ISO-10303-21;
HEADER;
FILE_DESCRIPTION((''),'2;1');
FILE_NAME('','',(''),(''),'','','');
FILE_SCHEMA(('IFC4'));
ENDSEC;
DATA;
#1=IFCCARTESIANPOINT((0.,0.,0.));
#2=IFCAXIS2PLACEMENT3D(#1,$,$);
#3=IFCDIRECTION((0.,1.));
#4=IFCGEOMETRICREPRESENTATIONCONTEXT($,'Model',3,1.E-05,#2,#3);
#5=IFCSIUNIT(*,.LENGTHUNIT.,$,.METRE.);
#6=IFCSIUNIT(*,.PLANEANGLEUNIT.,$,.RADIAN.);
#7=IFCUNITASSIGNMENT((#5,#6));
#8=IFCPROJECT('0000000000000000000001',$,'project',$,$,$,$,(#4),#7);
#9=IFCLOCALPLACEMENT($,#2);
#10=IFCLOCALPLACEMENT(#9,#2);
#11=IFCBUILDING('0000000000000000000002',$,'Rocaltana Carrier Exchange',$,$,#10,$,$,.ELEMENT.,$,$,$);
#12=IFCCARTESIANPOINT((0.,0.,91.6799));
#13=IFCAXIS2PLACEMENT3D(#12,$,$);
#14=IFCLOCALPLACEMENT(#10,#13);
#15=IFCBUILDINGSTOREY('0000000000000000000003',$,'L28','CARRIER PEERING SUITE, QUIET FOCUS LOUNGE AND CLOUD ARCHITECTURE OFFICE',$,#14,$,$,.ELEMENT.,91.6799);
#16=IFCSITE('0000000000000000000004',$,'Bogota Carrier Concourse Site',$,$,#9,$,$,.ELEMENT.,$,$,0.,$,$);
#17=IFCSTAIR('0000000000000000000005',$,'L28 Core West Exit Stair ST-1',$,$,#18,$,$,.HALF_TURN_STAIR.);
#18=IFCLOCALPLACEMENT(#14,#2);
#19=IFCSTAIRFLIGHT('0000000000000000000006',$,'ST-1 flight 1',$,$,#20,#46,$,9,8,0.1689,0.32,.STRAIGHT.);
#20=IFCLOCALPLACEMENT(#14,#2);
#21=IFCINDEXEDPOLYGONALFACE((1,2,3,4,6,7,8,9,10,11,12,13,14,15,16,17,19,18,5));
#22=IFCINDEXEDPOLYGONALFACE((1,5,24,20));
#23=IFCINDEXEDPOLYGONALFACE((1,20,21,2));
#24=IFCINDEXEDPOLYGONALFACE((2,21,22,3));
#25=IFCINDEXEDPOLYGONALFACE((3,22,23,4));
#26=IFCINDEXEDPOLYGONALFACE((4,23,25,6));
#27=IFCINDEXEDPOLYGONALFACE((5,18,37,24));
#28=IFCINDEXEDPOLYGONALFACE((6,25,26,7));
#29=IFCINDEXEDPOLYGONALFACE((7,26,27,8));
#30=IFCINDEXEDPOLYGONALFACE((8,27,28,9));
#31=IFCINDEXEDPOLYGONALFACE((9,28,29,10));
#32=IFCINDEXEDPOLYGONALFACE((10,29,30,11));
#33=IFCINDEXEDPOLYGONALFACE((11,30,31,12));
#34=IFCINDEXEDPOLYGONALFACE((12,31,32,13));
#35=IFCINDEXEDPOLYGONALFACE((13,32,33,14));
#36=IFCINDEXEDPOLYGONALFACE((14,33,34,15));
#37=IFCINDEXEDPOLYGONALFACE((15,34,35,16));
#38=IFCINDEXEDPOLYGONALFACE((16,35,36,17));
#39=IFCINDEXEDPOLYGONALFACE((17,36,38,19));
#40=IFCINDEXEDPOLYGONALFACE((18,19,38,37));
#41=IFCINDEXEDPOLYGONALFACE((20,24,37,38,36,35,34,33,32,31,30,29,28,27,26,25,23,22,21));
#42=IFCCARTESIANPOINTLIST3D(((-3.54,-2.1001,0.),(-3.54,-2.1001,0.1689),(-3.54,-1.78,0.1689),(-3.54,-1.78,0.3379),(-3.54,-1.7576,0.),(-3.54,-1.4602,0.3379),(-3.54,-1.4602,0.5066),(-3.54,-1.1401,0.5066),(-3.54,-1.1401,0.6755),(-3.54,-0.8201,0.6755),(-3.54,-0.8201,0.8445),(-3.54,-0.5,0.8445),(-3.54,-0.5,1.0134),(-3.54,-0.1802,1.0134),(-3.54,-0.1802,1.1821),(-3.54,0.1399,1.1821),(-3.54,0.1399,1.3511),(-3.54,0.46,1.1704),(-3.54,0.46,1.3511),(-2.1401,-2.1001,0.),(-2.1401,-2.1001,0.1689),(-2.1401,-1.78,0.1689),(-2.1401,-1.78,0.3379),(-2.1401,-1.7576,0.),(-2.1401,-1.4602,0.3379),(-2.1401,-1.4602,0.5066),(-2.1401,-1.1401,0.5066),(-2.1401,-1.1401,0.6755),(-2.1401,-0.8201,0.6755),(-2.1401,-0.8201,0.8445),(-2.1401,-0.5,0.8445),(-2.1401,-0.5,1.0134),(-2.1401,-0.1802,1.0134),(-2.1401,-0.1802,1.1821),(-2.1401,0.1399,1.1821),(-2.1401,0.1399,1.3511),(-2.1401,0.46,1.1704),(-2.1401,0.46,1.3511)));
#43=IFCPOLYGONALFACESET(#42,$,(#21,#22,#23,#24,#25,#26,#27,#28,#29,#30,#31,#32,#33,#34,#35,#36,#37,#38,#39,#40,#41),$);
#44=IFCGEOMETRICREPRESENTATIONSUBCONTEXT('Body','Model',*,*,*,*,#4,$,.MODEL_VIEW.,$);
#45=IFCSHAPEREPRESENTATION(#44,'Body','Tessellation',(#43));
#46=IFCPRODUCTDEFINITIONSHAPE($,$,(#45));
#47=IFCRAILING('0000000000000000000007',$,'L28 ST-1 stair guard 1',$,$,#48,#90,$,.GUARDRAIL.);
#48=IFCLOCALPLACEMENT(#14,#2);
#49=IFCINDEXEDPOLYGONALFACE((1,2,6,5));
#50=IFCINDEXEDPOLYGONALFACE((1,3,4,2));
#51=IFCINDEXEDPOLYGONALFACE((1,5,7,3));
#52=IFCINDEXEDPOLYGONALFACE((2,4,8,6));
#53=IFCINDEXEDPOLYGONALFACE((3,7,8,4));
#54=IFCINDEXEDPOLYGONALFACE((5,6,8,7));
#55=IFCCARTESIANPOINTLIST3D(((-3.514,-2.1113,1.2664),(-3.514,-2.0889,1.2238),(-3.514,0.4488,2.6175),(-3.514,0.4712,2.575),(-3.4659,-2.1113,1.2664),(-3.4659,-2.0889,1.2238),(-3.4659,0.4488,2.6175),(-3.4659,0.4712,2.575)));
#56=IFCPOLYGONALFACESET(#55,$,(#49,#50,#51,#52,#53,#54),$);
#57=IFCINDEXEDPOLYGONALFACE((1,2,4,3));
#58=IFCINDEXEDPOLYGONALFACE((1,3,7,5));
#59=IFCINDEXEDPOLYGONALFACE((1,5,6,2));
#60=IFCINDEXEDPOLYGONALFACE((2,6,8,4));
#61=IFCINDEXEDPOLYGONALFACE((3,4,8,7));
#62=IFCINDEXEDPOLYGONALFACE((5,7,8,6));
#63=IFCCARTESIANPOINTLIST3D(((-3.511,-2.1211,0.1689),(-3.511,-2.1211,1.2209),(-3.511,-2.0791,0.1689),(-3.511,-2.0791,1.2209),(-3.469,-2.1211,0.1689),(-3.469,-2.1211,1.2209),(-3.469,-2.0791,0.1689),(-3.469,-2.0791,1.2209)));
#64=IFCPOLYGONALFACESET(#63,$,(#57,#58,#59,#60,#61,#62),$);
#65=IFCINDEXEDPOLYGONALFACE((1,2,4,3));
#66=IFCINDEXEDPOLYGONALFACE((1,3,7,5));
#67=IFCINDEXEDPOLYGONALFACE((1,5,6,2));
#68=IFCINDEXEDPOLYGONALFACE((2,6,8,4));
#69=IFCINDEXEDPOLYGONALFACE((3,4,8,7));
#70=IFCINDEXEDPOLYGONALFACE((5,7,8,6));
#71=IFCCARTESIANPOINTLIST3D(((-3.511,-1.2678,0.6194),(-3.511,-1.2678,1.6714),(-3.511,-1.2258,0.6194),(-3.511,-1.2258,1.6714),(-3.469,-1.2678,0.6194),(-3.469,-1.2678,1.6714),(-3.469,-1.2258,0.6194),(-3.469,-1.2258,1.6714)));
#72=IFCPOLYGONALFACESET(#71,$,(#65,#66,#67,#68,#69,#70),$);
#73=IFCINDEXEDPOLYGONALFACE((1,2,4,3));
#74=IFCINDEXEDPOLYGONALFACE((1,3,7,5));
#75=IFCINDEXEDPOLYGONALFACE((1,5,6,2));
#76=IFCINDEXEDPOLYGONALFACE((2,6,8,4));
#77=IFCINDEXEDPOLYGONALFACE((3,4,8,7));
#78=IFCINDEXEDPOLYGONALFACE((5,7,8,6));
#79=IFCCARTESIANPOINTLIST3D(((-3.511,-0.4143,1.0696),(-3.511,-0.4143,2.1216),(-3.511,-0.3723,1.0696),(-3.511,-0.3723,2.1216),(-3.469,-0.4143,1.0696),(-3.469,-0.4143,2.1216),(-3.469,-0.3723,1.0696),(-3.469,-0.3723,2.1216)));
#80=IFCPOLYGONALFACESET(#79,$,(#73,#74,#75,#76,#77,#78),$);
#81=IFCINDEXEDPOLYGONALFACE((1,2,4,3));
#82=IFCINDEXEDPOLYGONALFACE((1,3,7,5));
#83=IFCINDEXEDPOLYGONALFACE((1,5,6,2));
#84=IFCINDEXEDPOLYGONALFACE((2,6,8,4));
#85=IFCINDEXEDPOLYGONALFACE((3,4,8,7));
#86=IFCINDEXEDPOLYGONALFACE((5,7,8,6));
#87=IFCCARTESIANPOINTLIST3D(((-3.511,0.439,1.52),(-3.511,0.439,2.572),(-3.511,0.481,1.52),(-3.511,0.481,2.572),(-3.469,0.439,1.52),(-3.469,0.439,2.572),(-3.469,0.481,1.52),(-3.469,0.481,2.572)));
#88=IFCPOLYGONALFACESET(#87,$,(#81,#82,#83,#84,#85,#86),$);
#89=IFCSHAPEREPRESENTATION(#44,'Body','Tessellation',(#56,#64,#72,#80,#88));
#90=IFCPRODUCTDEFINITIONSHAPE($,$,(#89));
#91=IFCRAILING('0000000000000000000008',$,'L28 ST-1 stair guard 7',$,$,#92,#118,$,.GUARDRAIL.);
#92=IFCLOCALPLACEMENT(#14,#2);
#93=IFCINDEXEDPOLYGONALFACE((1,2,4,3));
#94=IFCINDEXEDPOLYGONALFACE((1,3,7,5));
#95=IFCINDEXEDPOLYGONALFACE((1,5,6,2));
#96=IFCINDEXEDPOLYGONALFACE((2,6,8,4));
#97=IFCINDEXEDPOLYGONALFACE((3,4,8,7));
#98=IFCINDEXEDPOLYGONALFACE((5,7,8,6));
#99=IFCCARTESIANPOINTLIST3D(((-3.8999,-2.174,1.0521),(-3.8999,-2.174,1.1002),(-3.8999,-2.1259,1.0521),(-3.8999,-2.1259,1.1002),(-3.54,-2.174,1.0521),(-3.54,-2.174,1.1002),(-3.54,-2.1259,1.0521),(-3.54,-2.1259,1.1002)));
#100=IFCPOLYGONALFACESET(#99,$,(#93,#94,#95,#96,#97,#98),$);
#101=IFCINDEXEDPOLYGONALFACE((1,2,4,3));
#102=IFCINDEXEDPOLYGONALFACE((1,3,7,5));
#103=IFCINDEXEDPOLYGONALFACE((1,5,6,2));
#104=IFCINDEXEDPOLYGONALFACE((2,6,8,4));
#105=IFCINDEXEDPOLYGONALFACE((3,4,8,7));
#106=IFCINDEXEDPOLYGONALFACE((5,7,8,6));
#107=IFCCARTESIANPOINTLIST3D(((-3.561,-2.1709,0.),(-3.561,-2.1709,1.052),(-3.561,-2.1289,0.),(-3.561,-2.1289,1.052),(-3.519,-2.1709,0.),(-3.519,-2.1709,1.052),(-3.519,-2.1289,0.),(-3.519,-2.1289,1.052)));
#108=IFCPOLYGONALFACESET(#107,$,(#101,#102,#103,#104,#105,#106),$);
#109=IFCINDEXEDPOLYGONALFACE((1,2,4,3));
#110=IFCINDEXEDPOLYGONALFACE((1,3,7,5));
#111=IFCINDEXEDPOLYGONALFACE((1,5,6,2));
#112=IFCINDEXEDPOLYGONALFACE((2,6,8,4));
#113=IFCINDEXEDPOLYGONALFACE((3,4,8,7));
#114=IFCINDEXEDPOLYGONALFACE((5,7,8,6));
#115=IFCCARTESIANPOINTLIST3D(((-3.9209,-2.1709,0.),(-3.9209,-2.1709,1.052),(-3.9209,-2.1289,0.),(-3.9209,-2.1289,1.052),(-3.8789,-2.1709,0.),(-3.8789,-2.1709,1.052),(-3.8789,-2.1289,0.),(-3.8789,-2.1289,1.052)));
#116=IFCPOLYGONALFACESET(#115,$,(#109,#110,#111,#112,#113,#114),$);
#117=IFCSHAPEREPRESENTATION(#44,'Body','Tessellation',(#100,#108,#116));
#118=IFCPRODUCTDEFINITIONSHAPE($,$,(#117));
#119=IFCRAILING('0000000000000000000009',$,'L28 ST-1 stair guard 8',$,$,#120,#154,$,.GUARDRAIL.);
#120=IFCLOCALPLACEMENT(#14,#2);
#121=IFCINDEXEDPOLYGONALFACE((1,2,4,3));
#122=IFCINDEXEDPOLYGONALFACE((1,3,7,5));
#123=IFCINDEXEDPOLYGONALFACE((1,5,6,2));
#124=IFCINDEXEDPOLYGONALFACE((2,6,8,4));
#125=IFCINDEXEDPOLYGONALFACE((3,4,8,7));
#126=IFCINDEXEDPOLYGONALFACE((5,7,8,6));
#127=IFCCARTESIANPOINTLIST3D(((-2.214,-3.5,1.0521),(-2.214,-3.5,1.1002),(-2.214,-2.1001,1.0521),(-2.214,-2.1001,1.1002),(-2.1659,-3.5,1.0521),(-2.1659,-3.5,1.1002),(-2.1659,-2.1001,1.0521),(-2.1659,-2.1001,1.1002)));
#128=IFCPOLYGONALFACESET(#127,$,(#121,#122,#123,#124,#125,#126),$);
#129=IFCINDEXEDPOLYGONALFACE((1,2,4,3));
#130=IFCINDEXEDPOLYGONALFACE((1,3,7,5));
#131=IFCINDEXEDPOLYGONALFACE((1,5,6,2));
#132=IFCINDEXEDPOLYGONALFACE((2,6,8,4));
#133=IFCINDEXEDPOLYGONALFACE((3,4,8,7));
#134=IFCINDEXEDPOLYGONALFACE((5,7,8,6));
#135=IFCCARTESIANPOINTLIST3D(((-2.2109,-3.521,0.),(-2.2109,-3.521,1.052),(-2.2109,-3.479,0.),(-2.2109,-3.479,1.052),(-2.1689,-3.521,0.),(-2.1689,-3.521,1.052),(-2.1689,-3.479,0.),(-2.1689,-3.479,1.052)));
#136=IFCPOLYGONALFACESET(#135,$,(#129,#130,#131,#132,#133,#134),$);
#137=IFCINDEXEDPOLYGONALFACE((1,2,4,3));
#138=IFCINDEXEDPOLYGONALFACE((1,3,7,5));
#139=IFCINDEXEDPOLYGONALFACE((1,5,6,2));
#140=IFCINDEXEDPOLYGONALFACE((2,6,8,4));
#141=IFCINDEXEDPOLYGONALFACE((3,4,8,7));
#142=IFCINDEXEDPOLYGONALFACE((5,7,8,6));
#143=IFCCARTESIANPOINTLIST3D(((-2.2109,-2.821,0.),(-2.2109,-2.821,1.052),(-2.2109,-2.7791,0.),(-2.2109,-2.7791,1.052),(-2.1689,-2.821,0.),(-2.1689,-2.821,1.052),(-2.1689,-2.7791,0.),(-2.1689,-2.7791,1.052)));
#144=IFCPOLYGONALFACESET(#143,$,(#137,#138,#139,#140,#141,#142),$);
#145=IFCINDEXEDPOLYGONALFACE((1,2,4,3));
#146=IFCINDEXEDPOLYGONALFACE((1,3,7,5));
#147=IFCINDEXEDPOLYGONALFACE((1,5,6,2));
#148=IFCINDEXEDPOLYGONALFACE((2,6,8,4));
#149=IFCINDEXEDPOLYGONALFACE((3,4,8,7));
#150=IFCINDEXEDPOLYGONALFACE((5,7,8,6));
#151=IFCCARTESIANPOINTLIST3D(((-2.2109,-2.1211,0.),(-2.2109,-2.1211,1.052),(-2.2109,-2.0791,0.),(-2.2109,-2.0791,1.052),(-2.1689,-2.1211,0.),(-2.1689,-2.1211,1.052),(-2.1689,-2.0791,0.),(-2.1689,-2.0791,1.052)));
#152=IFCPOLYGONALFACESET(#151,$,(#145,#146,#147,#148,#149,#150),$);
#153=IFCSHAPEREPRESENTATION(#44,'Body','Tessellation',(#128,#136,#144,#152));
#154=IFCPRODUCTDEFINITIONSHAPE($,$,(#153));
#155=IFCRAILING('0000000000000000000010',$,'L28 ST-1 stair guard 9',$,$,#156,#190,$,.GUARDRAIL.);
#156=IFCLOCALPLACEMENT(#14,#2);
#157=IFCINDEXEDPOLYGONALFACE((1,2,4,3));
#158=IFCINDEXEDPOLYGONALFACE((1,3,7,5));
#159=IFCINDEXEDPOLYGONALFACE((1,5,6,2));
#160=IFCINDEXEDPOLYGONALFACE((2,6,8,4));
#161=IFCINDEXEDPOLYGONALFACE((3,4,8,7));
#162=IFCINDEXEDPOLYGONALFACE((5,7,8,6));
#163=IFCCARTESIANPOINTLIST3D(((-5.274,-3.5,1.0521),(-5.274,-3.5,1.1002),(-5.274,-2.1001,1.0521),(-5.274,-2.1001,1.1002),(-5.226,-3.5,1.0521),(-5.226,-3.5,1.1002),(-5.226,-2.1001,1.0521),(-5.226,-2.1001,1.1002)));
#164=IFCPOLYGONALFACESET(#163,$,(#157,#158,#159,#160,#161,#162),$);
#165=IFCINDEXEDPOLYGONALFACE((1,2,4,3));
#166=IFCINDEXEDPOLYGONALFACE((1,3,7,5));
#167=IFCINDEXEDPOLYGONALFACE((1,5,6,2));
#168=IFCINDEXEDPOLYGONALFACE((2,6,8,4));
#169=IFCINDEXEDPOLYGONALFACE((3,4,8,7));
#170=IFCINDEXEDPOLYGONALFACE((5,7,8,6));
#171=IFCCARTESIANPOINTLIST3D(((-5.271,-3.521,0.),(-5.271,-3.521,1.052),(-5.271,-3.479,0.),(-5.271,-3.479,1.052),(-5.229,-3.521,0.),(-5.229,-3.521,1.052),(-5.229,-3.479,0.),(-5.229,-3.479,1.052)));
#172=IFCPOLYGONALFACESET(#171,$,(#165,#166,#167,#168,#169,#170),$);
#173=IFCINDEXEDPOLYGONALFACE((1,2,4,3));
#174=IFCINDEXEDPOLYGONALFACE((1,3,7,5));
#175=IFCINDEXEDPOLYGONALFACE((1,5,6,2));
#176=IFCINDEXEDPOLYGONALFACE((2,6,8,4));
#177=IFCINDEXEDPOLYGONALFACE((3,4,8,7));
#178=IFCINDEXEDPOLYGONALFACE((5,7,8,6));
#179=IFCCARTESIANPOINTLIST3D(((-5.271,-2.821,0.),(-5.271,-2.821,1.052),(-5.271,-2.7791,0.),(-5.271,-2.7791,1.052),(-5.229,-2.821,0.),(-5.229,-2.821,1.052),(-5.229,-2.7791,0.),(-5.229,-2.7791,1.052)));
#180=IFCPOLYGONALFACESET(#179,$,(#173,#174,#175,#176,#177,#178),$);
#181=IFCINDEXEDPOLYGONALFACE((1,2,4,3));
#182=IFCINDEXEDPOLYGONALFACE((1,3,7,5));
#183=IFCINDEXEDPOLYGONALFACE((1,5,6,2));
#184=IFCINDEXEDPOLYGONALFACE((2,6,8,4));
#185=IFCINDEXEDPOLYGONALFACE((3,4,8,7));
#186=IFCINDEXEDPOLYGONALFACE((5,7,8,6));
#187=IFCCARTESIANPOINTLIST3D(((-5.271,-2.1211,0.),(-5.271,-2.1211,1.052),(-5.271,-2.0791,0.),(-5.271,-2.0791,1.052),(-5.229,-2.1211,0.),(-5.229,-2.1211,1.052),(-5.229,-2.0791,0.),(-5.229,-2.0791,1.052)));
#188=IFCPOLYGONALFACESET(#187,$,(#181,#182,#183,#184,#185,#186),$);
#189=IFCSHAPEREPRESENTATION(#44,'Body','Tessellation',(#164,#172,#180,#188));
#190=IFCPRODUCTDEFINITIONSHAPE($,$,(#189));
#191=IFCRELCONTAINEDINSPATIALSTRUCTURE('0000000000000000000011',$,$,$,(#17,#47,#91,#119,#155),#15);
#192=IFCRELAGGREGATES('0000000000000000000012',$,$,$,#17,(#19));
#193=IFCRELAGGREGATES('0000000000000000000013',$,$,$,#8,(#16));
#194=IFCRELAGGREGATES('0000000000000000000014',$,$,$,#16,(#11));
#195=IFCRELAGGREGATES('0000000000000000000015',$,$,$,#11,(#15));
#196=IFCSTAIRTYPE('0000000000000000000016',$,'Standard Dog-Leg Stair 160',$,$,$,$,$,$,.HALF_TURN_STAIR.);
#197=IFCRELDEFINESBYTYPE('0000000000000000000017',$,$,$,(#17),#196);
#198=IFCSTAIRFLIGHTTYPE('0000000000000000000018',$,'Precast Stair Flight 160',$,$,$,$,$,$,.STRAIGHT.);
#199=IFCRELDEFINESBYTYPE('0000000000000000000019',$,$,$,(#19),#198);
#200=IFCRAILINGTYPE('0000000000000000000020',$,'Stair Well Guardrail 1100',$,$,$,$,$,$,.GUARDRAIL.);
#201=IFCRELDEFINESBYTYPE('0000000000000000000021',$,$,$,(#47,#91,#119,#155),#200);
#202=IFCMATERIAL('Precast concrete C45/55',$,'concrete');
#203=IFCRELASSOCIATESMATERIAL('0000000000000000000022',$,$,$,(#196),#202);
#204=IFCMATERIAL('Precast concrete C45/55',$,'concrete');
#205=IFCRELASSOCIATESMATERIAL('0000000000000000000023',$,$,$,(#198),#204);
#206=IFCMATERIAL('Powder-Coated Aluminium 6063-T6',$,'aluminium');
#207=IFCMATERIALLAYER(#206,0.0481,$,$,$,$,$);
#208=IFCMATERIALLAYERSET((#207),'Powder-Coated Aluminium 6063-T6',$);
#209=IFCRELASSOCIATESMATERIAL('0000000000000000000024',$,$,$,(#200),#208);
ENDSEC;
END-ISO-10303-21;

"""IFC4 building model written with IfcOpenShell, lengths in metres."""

from ifc_helpers import new_model, si_unit, direction, frame, origin, origin_2d, place, context, subcontext, project, spatial, polyline, rectangle, outline, extrude, material, layer, layer_set, type_object, element, aggregate, save


model = new_model("IFC4")

# Units and contexts
model_context = context("Model", 3, precision=1e-05, world=origin(), true_north=direction((0.0, 1.0)))
body_context = subcontext(model_context, "Body", "Model", "MODEL_VIEW")
ifc_project = project(units=[si_unit("LENGTHUNIT", "METRE"), si_unit("PLANEANGLEUNIT", "RADIAN")], contexts=[model_context])

# Site, building, storey
site_placement = place(None, origin())
site = spatial("IfcSite", under=ifc_project, at=site_placement, Name="Bogota Carrier Concourse Site", CompositionType="ELEMENT", RefElevation=0.0)
building_placement = place(site_placement, origin())
building = spatial("IfcBuilding", under=site, at=building_placement, Name="Rocaltana Carrier Exchange", CompositionType="ELEMENT")
storey_placement = place(building_placement, frame((0.0, 0.0, 91.6799)))
storey = spatial("IfcBuildingStorey", under=building, at=storey_placement, Name="L28", Description="CARRIER PEERING SUITE, QUIET FOCUS LOUNGE AND CLOUD ARCHITECTURE OFFICE", CompositionType="ELEMENT", Elevation=91.6799)

# Stair, stair flight
ifc_material_1 = material(Name="Precast concrete C45/55", Category="concrete")
stair_type = type_object("IfcStairType", Name="Standard Dog-Leg Stair 160", PredefinedType="HALF_TURN_STAIR", material=ifc_material_1)
stair_placement = place(storey_placement, origin())
stair = element("IfcStair", 1, at=stair_placement, inside=storey, type_object=stair_type, Name="L28 Core West Exit Stair ST-1", PredefinedType="HALF_TURN_STAIR")
ifc_material_2 = material(Name="Precast concrete C45/55", Category="concrete")
stair_flight_type = type_object("IfcStairFlightType", Name="Precast Stair Flight 160", PredefinedType="STRAIGHT", material=ifc_material_2)
stair_flight_placement = place(storey_placement, frame((-2.8401, -2.1001, 0.0), z_axis=(0.0, 0.0, 1.0), x_axis=(0.0, 1.0, 0.0)))
stair_flight = element("IfcStairFlight", 2, at=stair_flight_placement, type_object=stair_flight_type, Name="ST-1 flight 1", NumberOfRisers=9, NumberOfTreads=8, PredefinedType="STRAIGHT", RiserHeight=0.1689, TreadLength=0.32, context=body_context, shape_type="SweptSolid", body=[
    extrude(outline(polyline([(0.0, 0.0), (0.0, 0.1689), (0.3201, 0.1689), (0.3201, 0.3379), (0.6399, 0.3379), (0.6399, 0.5066), (0.96, 0.5066), (0.96, 0.6755), (1.28, 0.6755), (1.28, 0.8445), (1.6001, 0.8445), (1.6001, 1.0134), (1.9199, 1.0134), (1.9199, 1.1821), (2.24, 1.1821), (2.24, 1.3511), (2.5601, 1.3511), (2.5601, 1.52), (2.5601, 1.1704), (0.3425, 0.0), (0.0, 0.0)])), frame((0.0, 0.7, 0.0), z_axis=(0.0, -1.0, 0.0), x_axis=(1.0, 0.0, 0.0)), (0.0, 0.0, 1.0), 1.3999),
])
aggregate(stair, [stair_flight])

# Railings
ifc_material_3 = material(Name="Powder-Coated Aluminium 6063-T6", Category="aluminium")
ifc_layer_1 = layer(ifc_material_3, 0.0481)
ifc_layer_set_1 = layer_set([ifc_layer_1], Name="Powder-Coated Aluminium 6063-T6")
railing_type = type_object("IfcRailingType", Name="Stair Well Guardrail 1100", PredefinedType="GUARDRAIL", material=ifc_layer_set_1)
railing_1_placement = place(storey_placement, frame((-3.49, -2.1001, 0.1689)))
element("IfcRailing", 3, at=railing_1_placement, inside=storey, type_object=railing_type, Name="L28 ST-1 stair guard 1", PredefinedType="GUARDRAIL", context=body_context, shape_type="SweptSolid", body=[
    extrude(rectangle(XDim=0.0481, YDim=0.0481, at=origin_2d()), frame((0.0, 0.0, 1.0762), z_axis=(0.0, 0.884394, 0.46674), x_axis=(-1.0, 0.0, 0.0)), (0.0, 0.0, 1.0), 2.8948),
    extrude(rectangle(XDim=0.042, YDim=0.042, at=origin_2d()), origin(), (0.0, 0.0, 1.0), 1.052),
    extrude(rectangle(XDim=0.042, YDim=0.042, at=origin_2d()), frame((0.0, 0.8533, 0.4504)), (0.0, 0.0, 1.0), 1.052),
    extrude(rectangle(XDim=0.042, YDim=0.042, at=origin_2d()), frame((0.0, 1.7068, 0.9006)), (0.0, 0.0, 1.0), 1.052),
    extrude(rectangle(XDim=0.042, YDim=0.042, at=origin_2d()), frame((0.0, 2.5601, 1.3511)), (0.0, 0.0, 1.0), 1.052),
])
railing_2_placement = place(storey_placement, frame((-3.54, -2.1499, 0.0)))
element("IfcRailing", 4, at=railing_2_placement, inside=storey, type_object=railing_type, Name="L28 ST-1 stair guard 7", PredefinedType="GUARDRAIL", context=body_context, shape_type="SweptSolid", body=[
    extrude(rectangle(XDim=0.0481, YDim=0.0481, at=origin_2d()), frame((0.0, 0.0, 1.0762), z_axis=(-1.0, 0.0, 0.0), x_axis=(0.0, -1.0, 0.0)), (0.0, 0.0, 1.0), 0.3599),
    extrude(rectangle(XDim=0.042, YDim=0.042, at=origin_2d()), origin(), (0.0, 0.0, 1.0), 1.052),
    extrude(rectangle(XDim=0.042, YDim=0.042, at=origin_2d()), frame((-0.3599, 0.0, 0.0)), (0.0, 0.0, 1.0), 1.052),
])
for number, where, name in (
    (5, (-2.1899, -3.5, 0.0), "L28 ST-1 stair guard 8"),
    (6, (-5.25, -3.5, 0.0), "L28 ST-1 stair guard 9"),
):
    element("IfcRailing", number, at=place(storey_placement, frame(where)), inside=storey, type_object=railing_type, Name=name, PredefinedType="GUARDRAIL", context=body_context, shape_type="SweptSolid", body=[
        extrude(rectangle(XDim=0.0481, YDim=0.0481, at=origin_2d()), frame((0.0, 0.0, 1.0762), z_axis=(0.0, 1.0, 0.0), x_axis=(-1.0, 0.0, 0.0)), (0.0, 0.0, 1.0), 1.3999),
        extrude(rectangle(XDim=0.042, YDim=0.042, at=origin_2d()), origin(), (0.0, 0.0, 1.0), 1.052),
        extrude(rectangle(XDim=0.042, YDim=0.042, at=origin_2d()), frame((0.0, 0.7, 0.0)), (0.0, 0.0, 1.0), 1.052),
        extrude(rectangle(XDim=0.042, YDim=0.042, at=origin_2d()), frame((0.0, 1.3999, 0.0)), (0.0, 0.0, 1.0), 1.052),
    ])

save(model, "model.ifc")
